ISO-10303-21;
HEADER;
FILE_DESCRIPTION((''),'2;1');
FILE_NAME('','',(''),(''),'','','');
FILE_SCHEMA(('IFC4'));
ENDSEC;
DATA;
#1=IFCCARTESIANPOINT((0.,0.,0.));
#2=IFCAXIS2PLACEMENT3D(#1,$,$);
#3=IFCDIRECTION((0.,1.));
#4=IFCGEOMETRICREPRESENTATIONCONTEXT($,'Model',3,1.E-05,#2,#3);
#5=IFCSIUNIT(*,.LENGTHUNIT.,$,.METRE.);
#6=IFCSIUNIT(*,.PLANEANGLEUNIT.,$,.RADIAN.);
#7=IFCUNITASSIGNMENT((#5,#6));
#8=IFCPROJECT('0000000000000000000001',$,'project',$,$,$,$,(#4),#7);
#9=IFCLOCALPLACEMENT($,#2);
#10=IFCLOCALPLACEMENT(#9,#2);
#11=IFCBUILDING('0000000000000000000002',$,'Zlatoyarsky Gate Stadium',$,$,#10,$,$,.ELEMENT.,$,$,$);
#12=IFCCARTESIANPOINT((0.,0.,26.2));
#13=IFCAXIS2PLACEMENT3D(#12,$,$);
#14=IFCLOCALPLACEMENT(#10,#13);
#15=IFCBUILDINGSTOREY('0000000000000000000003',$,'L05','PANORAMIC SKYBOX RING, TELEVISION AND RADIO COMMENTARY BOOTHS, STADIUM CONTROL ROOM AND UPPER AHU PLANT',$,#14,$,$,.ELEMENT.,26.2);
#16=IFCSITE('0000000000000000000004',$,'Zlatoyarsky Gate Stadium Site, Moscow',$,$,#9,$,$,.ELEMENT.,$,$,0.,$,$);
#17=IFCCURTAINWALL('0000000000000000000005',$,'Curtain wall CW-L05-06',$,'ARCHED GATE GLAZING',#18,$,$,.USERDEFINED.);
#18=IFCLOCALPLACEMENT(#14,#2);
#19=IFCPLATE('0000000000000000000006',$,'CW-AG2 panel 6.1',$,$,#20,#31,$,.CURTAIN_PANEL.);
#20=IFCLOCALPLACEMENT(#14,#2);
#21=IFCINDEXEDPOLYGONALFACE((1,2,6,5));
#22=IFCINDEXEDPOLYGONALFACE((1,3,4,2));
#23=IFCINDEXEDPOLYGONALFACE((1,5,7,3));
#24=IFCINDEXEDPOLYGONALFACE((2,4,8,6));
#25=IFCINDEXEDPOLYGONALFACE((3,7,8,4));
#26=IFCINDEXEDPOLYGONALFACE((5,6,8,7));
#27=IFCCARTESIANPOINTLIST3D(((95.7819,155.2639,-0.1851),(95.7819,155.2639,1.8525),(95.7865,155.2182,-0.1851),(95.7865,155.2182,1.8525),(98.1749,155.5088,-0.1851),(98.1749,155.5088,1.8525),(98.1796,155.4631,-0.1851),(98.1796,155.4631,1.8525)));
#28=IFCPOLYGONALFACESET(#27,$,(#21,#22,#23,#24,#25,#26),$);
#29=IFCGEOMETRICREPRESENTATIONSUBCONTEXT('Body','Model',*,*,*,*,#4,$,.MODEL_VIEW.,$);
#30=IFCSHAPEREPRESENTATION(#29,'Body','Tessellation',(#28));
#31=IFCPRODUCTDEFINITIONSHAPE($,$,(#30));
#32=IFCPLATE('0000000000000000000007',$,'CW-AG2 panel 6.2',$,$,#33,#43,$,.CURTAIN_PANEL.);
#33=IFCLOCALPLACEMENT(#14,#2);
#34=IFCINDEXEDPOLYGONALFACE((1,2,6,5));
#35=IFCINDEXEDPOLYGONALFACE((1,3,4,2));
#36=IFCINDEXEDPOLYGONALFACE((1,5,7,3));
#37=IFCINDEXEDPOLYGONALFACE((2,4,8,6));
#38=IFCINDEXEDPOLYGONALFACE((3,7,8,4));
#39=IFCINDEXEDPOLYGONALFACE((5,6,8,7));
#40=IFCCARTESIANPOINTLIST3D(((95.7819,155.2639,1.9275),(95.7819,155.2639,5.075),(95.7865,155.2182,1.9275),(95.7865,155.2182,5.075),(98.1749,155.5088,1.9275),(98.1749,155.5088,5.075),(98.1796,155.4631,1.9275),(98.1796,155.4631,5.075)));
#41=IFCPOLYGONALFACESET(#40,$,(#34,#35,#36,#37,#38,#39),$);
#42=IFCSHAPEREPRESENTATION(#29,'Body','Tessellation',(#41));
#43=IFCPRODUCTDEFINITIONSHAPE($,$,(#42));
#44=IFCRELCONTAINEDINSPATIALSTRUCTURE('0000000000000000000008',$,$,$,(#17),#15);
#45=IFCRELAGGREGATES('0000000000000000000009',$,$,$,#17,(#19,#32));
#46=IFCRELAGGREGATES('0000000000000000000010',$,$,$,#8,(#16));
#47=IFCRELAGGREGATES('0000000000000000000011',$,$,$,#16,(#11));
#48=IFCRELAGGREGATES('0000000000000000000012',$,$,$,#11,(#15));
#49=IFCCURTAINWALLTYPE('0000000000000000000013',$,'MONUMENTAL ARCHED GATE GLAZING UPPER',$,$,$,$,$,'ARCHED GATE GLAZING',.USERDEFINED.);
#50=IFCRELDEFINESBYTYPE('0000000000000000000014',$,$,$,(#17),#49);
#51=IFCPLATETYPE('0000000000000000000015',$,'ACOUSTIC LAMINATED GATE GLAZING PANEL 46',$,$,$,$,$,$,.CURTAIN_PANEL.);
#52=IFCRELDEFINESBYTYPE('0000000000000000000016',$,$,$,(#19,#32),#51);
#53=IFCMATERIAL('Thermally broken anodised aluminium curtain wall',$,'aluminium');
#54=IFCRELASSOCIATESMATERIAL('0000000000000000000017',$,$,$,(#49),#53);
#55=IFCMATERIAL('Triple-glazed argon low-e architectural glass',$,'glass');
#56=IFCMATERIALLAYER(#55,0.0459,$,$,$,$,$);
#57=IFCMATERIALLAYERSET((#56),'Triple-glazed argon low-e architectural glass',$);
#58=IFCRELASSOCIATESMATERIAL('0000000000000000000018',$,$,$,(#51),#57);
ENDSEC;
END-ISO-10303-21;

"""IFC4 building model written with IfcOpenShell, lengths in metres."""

from ifc_helpers import new_model, si_unit, direction, frame, origin, origin_2d, place, context, subcontext, project, spatial, rectangle, extrude, material, layer, layer_set, type_object, element, aggregate, save


model = new_model("IFC4")

# Units and contexts
model_context = context("Model", 3, precision=1e-05, world=origin(), true_north=direction((0.0, 1.0)))
body_context = subcontext(model_context, "Body", "Model", "MODEL_VIEW")
ifc_project = project(units=[si_unit("LENGTHUNIT", "METRE"), si_unit("PLANEANGLEUNIT", "RADIAN")], contexts=[model_context])

# Site, building, storey
site_placement = place(None, origin())
site = spatial("IfcSite", under=ifc_project, at=site_placement, Name="Zlatoyarsky Gate Stadium Site, Moscow", CompositionType="ELEMENT", RefElevation=0.0)
building_placement = place(site_placement, origin())
building = spatial("IfcBuilding", under=site, at=building_placement, Name="Zlatoyarsky Gate Stadium", CompositionType="ELEMENT")
storey_placement = place(building_placement, frame((0.0, 0.0, 26.2)))
storey = spatial("IfcBuildingStorey", under=building, at=storey_placement, Name="L05", Description="PANORAMIC SKYBOX RING, TELEVISION AND RADIO COMMENTARY BOOTHS, STADIUM CONTROL ROOM AND UPPER AHU PLANT", CompositionType="ELEMENT", Elevation=26.2)

# Curtain wall, plates
ifc_material_1 = material(Name="Thermally broken anodised aluminium curtain wall", Category="aluminium")
curtain_wall_type = type_object("IfcCurtainWallType", Name="MONUMENTAL ARCHED GATE GLAZING UPPER", ElementType="ARCHED GATE GLAZING", PredefinedType="USERDEFINED", material=ifc_material_1)
curtain_wall_placement = place(storey_placement, origin())
curtain_wall = element("IfcCurtainWall", 1, at=curtain_wall_placement, inside=storey, type_object=curtain_wall_type, Name="Curtain wall CW-L05-06", ObjectType="ARCHED GATE GLAZING", PredefinedType="USERDEFINED")
ifc_material_2 = material(Name="Triple-glazed argon low-e architectural glass", Category="glass")
ifc_layer = layer(ifc_material_2, 0.0459)
ifc_layer_set = layer_set([ifc_layer], Name="Triple-glazed argon low-e architectural glass")
plate_type = type_object("IfcPlateType", Name="ACOUSTIC LAMINATED GATE GLAZING PANEL 46", PredefinedType="CURTAIN_PANEL", material=ifc_layer_set)
plate_1_placement = place(storey_placement, frame((96.9807, 155.3635, -0.1851), z_axis=(0.0, 0.0, 1.0), x_axis=(-0.994804, -0.101805, 0.0)))
plate_1 = element("IfcPlate", 2, at=plate_1_placement, type_object=plate_type, Name="CW-AG2 panel 6.1", PredefinedType="CURTAIN_PANEL", context=body_context, shape_type="SweptSolid", body=[
    extrude(rectangle(XDim=2.4055, YDim=0.0459, at=origin_2d()), origin(), (0.0, 0.0, 1.0), 2.0376),
])
plate_2_placement = place(storey_placement, frame((96.9807, 155.3635, 1.9275), z_axis=(0.0, 0.0, 1.0), x_axis=(-0.994804, -0.101805, 0.0)))
plate_2 = element("IfcPlate", 3, at=plate_2_placement, type_object=plate_type, Name="CW-AG2 panel 6.2", PredefinedType="CURTAIN_PANEL", context=body_context, shape_type="SweptSolid", body=[
    extrude(rectangle(XDim=2.4055, YDim=0.0459, at=origin_2d()), origin(), (0.0, 0.0, 1.0), 3.1475),
])
aggregate(curtain_wall, [plate_1, plate_2])

save(model, "model.ifc")
